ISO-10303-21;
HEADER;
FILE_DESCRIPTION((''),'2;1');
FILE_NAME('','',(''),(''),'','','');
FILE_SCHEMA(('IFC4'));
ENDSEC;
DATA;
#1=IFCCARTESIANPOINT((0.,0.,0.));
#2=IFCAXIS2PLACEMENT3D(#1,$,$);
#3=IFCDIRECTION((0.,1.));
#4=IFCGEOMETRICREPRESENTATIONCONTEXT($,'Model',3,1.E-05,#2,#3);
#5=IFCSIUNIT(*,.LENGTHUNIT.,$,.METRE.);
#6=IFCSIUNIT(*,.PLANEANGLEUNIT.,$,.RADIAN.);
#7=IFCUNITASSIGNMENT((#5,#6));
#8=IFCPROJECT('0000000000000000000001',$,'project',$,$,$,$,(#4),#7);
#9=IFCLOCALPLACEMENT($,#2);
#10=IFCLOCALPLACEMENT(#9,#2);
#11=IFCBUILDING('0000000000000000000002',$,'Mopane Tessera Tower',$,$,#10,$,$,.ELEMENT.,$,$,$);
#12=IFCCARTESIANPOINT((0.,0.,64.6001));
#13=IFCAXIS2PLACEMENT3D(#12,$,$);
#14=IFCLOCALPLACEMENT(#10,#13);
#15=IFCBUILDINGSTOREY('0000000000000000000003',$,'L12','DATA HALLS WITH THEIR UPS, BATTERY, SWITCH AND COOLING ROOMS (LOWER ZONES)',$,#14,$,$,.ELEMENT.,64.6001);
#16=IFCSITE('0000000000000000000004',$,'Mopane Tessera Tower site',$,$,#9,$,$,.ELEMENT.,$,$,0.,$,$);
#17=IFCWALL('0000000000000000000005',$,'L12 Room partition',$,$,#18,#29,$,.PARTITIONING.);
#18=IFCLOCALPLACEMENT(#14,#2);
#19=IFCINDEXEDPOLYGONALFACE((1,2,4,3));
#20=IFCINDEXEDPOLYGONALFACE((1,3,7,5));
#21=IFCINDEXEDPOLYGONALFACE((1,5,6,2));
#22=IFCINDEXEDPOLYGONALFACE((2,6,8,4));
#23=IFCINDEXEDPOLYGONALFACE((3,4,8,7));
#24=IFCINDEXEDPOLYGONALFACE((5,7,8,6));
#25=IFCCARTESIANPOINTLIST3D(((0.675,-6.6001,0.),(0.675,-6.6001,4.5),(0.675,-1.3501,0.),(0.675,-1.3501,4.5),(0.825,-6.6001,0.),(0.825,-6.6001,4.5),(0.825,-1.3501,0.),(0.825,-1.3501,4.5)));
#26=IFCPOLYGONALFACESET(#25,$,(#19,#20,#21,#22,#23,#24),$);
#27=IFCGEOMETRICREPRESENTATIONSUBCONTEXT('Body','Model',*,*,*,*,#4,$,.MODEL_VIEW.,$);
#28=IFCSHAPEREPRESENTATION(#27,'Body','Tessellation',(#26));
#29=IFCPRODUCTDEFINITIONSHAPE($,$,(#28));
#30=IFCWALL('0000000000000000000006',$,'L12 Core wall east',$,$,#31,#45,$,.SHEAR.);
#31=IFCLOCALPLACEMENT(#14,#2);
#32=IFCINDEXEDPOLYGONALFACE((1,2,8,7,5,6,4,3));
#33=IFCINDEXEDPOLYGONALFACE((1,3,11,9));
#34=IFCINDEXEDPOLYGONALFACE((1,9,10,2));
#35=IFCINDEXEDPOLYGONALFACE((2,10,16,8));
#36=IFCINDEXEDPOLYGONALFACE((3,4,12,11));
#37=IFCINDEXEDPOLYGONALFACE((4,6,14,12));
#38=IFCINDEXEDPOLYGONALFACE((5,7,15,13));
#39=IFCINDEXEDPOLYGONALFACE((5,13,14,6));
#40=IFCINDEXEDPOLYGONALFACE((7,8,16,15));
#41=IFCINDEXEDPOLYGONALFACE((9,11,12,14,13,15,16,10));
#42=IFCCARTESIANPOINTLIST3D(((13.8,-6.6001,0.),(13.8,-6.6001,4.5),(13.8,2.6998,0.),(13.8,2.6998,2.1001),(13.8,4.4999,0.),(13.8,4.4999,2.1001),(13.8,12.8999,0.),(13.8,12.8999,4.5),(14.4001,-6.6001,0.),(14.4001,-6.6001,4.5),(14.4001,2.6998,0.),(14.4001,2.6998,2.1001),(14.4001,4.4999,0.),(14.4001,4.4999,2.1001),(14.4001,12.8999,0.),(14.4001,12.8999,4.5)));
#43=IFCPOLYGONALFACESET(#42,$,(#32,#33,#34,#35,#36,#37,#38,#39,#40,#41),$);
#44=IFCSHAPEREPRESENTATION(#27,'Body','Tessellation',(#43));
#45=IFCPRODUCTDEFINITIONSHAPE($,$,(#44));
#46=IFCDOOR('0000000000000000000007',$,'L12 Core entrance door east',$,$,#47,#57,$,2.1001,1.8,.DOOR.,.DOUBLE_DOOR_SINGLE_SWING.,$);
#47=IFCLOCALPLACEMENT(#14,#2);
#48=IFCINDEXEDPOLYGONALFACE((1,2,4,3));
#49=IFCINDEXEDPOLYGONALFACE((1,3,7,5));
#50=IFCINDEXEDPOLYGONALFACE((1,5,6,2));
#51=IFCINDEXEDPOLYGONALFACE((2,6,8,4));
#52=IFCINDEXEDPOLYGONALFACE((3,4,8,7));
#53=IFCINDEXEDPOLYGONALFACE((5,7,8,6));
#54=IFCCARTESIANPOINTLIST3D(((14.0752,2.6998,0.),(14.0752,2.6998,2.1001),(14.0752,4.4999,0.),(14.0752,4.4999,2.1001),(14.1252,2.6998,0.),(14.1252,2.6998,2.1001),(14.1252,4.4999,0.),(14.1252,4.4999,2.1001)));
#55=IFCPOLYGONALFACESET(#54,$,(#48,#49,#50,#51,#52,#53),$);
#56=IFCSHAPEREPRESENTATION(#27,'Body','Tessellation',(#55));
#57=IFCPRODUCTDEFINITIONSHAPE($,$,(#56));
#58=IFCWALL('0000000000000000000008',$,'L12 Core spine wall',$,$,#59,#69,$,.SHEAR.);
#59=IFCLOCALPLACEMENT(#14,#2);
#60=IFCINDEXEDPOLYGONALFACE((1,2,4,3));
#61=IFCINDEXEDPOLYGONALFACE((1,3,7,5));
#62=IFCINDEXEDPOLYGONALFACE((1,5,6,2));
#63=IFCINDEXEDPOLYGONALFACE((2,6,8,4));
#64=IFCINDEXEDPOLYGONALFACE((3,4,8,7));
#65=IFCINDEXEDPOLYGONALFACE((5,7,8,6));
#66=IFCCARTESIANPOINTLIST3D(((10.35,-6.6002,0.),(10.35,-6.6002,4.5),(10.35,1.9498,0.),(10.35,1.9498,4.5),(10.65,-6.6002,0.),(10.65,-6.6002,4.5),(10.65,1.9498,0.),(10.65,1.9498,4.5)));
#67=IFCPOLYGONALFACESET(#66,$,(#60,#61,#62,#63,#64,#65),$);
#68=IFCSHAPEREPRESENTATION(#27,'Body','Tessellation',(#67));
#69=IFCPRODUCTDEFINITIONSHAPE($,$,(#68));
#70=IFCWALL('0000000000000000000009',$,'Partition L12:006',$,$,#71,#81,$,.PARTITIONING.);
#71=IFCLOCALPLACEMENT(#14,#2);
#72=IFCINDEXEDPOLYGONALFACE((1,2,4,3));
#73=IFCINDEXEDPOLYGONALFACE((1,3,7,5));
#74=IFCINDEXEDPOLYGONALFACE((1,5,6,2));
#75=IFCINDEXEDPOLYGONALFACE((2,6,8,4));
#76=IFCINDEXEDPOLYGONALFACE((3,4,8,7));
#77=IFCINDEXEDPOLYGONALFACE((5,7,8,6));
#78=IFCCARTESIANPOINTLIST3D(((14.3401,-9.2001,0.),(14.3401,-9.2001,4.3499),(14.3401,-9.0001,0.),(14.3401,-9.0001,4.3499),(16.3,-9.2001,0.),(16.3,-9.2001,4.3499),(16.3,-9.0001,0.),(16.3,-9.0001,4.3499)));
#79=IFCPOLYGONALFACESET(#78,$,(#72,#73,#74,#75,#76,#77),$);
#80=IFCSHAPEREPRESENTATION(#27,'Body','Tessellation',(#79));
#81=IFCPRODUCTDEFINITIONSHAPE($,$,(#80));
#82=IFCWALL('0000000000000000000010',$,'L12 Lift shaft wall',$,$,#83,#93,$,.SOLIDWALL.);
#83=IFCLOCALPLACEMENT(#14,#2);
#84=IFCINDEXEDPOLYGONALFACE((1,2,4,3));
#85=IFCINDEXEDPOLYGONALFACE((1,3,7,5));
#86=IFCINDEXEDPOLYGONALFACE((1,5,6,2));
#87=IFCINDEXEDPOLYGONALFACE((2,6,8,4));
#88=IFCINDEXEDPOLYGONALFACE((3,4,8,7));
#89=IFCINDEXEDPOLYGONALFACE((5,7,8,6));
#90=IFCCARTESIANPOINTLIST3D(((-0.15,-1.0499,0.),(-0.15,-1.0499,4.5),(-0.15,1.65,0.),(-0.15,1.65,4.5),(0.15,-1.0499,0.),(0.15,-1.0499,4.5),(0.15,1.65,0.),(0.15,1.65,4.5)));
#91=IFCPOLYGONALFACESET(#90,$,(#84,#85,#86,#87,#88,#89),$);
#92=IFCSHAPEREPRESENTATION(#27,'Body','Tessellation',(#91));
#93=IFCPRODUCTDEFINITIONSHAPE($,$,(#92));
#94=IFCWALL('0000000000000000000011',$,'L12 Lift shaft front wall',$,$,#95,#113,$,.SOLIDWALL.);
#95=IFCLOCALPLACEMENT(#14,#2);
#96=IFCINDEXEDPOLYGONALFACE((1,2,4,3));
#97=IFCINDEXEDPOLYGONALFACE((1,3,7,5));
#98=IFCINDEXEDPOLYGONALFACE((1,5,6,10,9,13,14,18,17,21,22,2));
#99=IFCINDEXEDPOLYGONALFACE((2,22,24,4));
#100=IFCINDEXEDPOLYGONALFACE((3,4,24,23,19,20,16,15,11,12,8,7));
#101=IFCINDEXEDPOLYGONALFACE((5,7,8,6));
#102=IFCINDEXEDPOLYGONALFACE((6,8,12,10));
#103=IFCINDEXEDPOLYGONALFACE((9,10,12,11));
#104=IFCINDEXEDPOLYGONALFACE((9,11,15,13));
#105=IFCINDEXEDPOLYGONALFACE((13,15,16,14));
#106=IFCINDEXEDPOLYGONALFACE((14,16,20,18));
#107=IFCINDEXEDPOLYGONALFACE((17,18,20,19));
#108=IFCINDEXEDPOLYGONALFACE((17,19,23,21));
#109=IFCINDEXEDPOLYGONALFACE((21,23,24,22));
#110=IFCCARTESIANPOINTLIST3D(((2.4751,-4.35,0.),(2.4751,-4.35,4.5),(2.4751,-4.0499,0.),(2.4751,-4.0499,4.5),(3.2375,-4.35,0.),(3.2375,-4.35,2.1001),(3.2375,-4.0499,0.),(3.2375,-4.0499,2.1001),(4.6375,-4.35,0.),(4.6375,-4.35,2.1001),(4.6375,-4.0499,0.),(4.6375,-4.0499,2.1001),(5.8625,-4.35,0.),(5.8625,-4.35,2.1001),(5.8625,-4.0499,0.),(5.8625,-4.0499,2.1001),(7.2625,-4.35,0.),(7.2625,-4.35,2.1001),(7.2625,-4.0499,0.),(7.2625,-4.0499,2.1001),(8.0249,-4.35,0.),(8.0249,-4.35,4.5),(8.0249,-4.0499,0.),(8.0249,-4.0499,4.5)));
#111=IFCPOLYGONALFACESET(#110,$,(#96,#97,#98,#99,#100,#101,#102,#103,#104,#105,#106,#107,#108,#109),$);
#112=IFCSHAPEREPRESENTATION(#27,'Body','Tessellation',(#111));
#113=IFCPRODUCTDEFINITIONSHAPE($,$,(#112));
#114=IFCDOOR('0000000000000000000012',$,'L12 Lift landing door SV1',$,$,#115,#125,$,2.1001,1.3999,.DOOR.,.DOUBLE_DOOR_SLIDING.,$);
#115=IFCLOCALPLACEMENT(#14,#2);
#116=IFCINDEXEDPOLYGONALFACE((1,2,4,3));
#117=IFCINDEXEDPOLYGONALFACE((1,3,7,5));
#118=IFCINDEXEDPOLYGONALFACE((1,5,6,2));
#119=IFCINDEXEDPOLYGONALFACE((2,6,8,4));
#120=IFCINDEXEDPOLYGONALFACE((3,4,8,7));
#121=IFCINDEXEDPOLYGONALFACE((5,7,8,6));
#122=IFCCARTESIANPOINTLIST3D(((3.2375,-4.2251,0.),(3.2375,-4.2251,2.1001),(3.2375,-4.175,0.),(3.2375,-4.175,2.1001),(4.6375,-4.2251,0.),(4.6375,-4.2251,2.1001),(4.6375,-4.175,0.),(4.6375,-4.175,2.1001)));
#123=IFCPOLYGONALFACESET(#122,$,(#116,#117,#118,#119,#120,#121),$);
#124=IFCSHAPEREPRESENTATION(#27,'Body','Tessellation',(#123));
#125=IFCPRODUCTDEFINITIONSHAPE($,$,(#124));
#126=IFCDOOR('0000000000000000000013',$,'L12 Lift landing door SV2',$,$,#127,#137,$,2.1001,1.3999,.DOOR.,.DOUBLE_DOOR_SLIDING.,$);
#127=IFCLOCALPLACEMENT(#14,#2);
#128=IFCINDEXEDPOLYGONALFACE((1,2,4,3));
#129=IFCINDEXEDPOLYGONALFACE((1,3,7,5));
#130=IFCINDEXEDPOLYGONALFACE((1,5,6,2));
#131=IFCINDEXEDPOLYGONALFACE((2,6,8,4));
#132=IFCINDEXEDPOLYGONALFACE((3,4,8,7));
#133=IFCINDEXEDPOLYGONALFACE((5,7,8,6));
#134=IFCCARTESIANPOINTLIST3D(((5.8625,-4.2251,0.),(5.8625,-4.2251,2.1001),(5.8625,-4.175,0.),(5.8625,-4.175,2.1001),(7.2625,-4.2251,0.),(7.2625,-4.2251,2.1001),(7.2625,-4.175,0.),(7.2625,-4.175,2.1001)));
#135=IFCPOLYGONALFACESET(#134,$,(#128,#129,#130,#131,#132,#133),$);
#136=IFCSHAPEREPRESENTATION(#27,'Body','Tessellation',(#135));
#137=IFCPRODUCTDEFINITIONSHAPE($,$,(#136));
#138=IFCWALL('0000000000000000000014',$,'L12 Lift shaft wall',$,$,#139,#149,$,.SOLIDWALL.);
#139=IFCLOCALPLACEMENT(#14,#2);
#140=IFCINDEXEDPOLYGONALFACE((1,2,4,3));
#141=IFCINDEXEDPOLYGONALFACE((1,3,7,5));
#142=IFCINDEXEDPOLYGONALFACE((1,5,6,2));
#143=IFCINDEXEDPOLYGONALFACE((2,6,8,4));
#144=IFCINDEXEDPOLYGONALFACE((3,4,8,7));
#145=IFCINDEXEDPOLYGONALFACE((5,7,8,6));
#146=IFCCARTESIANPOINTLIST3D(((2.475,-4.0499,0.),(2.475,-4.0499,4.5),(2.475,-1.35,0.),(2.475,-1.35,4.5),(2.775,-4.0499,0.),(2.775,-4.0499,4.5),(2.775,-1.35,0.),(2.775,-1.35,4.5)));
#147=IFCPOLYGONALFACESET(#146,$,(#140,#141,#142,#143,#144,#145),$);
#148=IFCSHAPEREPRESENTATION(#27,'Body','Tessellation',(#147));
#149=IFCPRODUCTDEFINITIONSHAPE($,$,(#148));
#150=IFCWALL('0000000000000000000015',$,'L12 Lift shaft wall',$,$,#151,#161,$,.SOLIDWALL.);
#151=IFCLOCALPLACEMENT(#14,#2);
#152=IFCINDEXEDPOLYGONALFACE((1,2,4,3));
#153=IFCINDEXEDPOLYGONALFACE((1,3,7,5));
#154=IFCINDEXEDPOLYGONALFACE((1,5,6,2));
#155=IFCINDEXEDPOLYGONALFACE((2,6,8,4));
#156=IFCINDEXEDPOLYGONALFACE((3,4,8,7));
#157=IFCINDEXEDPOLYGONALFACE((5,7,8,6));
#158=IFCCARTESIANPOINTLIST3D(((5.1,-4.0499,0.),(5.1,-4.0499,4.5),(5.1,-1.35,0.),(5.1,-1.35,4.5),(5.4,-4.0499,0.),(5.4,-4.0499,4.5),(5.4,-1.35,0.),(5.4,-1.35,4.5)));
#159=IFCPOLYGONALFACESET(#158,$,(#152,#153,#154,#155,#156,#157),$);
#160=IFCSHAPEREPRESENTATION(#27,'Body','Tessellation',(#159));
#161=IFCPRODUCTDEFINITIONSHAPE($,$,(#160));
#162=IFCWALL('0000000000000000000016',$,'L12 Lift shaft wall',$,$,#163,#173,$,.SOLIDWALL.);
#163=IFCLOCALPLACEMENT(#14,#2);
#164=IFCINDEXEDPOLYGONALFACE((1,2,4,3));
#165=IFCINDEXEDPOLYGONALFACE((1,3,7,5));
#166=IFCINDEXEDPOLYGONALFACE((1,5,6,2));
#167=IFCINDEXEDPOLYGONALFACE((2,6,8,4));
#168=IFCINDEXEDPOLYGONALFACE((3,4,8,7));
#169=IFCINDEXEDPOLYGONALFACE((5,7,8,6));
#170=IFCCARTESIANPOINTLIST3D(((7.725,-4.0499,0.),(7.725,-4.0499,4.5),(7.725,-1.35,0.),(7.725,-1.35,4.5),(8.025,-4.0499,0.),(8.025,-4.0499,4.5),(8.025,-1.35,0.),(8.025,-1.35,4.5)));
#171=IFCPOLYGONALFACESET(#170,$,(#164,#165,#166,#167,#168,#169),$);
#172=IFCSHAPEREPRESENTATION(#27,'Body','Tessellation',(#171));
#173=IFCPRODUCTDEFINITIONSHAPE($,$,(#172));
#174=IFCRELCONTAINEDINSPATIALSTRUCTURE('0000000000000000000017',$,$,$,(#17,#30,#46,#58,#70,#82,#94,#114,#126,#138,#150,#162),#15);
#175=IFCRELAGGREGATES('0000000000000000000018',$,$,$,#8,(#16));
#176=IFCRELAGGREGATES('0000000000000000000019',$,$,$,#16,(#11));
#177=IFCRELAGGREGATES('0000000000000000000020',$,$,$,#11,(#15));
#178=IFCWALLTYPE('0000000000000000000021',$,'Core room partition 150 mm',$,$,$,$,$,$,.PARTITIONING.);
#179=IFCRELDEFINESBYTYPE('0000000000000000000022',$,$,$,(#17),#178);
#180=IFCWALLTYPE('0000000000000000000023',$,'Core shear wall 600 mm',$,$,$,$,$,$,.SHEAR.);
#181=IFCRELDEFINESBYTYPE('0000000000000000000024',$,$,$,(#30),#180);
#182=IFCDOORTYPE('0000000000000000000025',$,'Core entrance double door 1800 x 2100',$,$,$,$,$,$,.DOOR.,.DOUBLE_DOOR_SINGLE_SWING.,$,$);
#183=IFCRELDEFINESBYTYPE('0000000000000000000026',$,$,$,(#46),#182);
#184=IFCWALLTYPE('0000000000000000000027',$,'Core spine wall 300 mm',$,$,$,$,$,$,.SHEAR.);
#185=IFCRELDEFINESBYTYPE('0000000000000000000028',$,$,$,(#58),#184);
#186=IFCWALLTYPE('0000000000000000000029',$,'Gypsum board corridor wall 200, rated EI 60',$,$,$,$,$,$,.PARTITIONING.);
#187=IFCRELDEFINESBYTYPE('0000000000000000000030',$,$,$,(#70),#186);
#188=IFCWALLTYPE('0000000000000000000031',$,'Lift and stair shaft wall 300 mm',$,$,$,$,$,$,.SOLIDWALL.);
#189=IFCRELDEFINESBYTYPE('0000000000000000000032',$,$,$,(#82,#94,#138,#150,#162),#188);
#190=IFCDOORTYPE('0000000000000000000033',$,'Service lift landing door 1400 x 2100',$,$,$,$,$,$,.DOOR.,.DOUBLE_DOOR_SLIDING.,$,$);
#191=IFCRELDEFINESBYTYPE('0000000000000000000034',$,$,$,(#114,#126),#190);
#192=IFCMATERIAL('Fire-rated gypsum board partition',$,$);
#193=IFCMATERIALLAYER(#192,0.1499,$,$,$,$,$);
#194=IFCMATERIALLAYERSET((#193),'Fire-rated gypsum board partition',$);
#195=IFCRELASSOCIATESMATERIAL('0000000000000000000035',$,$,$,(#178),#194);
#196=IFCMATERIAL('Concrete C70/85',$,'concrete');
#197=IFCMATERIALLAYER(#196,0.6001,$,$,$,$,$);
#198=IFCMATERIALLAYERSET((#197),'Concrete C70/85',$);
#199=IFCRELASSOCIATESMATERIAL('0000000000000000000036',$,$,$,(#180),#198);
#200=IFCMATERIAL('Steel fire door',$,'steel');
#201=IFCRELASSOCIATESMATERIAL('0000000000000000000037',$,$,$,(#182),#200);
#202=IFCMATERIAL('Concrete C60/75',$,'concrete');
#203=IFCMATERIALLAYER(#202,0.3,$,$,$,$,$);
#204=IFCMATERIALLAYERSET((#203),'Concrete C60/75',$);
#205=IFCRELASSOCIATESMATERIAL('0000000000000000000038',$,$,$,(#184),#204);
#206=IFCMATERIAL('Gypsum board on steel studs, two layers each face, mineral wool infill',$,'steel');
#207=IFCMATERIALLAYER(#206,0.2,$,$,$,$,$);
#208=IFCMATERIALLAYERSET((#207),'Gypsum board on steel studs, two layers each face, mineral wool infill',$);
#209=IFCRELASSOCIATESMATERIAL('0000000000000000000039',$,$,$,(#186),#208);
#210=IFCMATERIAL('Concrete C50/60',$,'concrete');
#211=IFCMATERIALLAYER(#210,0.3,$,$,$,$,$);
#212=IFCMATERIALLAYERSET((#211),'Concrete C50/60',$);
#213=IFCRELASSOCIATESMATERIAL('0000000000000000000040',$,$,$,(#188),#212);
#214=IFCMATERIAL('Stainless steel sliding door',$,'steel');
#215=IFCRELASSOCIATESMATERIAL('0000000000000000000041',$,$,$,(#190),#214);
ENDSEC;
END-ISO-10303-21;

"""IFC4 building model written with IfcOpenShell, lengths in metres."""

from ifc_helpers import new_model, si_unit, direction, frame, frame_2d, origin, place, context, subcontext, project, spatial, rectangle, extrude, material, layer, layer_set, type_object, element, fill, save


model = new_model("IFC4")

# Units and contexts
model_context = context("Model", 3, precision=1e-05, world=origin(), true_north=direction((0.0, 1.0)))
body_context = subcontext(model_context, "Body", "Model", "MODEL_VIEW")
ifc_project = project(units=[si_unit("LENGTHUNIT", "METRE"), si_unit("PLANEANGLEUNIT", "RADIAN")], contexts=[model_context])

# Site, building, storey
site_placement = place(None, origin())
site = spatial("IfcSite", under=ifc_project, at=site_placement, Name="Mopane Tessera Tower site", CompositionType="ELEMENT", RefElevation=0.0)
building_placement = place(site_placement, origin())
building = spatial("IfcBuilding", under=site, at=building_placement, Name="Mopane Tessera Tower", CompositionType="ELEMENT")
storey_placement = place(building_placement, frame((0.0, 0.0, 64.6001)))
storey = spatial("IfcBuildingStorey", under=building, at=storey_placement, Name="L12", Description="DATA HALLS WITH THEIR UPS, BATTERY, SWITCH AND COOLING ROOMS (LOWER ZONES)", CompositionType="ELEMENT", Elevation=64.6001)

# Wall
ifc_material_1 = material(Name="Fire-rated gypsum board partition")
ifc_layer_1 = layer(ifc_material_1, 0.1499)
ifc_layer_set_1 = layer_set([ifc_layer_1], Name="Fire-rated gypsum board partition")
wall_type_1 = type_object("IfcWallType", Name="Core room partition 150 mm", PredefinedType="PARTITIONING", material=ifc_layer_set_1)
wall_1_placement = place(storey_placement, frame((0.75, -6.6001, 0.0), z_axis=(0.0, 0.0, 1.0), x_axis=(0.0, 1.0, 0.0)))
element("IfcWall", 1, at=wall_1_placement, inside=storey, type_object=wall_type_1, Name="L12 Room partition", PredefinedType="PARTITIONING", context=body_context, shape_type="SweptSolid", body=[
    extrude(rectangle(XDim=5.25, YDim=0.1499, at=frame_2d((2.625, 0.0))), origin(), (0.0, 0.0, 1.0), 4.5),
])

# Wall, opening, door
ifc_material_2 = material(Name="Concrete C70/85", Category="concrete")
ifc_layer_2 = layer(ifc_material_2, 0.6001)
ifc_layer_set_2 = layer_set([ifc_layer_2], Name="Concrete C70/85")
wall_type_2 = type_object("IfcWallType", Name="Core shear wall 600 mm", PredefinedType="SHEAR", material=ifc_layer_set_2)
wall_2_placement = place(storey_placement, frame((14.1001, -6.6001, 0.0), z_axis=(0.0, 0.0, 1.0), x_axis=(0.0, 1.0, 0.0)))
wall_2 = element("IfcWall", 2, at=wall_2_placement, inside=storey, type_object=wall_type_2, Name="L12 Core wall east", PredefinedType="SHEAR", context=body_context, shape_type="SweptSolid", body=[
    extrude(rectangle(XDim=19.5, YDim=0.6001, at=frame_2d((9.75, 0.0))), origin(), (0.0, 0.0, 1.0), 4.5),
])
opening_1_placement = place(wall_2_placement, frame((9.3, 0.0, 0.0)))
opening_1 = element("IfcOpeningElement", 3, at=opening_1_placement, cuts=wall_2, PredefinedType="OPENING", context=body_context, shape_type="SweptSolid", body=[
    extrude(rectangle(XDim=1.8, YDim=2.1001, at=frame_2d((0.8999, 1.05))), frame((0.0, 0.312, 0.0), z_axis=(0.0, -1.0, 0.0), x_axis=(1.0, 0.0, 0.0)), (0.0, 0.0, 1.0), 0.624),
])
ifc_material_3 = material(Name="Steel fire door", Category="steel")
door_type_1 = type_object("IfcDoorType", Name="Core entrance double door 1800 x 2100", OperationType="DOUBLE_DOOR_SINGLE_SWING", PredefinedType="DOOR", material=ifc_material_3)
door_1_placement = place(opening_1_placement, origin())
door_1 = element("IfcDoor", 4, at=door_1_placement, inside=storey, type_object=door_type_1, Name="L12 Core entrance door east", OperationType="DOUBLE_DOOR_SINGLE_SWING", OverallHeight=2.1001, OverallWidth=1.8, PredefinedType="DOOR", context=body_context, shape_type="SweptSolid", body=[
    extrude(rectangle(XDim=1.8, YDim=2.1001, at=frame_2d((0.8999, 1.05))), frame((0.0, 0.0249, 0.0), z_axis=(0.0, -1.0, 0.0), x_axis=(1.0, 0.0, 0.0)), (0.0, 0.0, 1.0), 0.05),
])
fill(opening_1, door_1)

# Walls
ifc_material_4 = material(Name="Concrete C60/75", Category="concrete")
ifc_layer_3 = layer(ifc_material_4, 0.3)
ifc_layer_set_3 = layer_set([ifc_layer_3], Name="Concrete C60/75")
wall_type_3 = type_object("IfcWallType", Name="Core spine wall 300 mm", PredefinedType="SHEAR", material=ifc_layer_set_3)
wall_3_placement = place(storey_placement, frame((10.5, -6.6001, 0.0), z_axis=(0.0, 0.0, 1.0), x_axis=(0.0, 1.0, 0.0)))
element("IfcWall", 5, at=wall_3_placement, inside=storey, type_object=wall_type_3, Name="L12 Core spine wall", PredefinedType="SHEAR", context=body_context, shape_type="SweptSolid", body=[
    extrude(rectangle(XDim=8.55, YDim=0.3, at=frame_2d((4.2749, 0.0))), origin(), (0.0, 0.0, 1.0), 4.5),
])
ifc_material_5 = material(Name="Gypsum board on steel studs, two layers each face, mineral wool infill", Category="steel")
ifc_layer_4 = layer(ifc_material_5, 0.2)
ifc_layer_set_4 = layer_set([ifc_layer_4], Name="Gypsum board on steel studs, two layers each face, mineral wool infill")
wall_type_4 = type_object("IfcWallType", Name="Gypsum board corridor wall 200, rated EI 60", PredefinedType="PARTITIONING", material=ifc_layer_set_4)
wall_4_placement = place(storey_placement, frame((14.3401, -9.1001, 0.0), z_axis=(0.0, 0.0, 1.0), x_axis=(1.0, 0.0, 0.0)))
element("IfcWall", 6, at=wall_4_placement, inside=storey, type_object=wall_type_4, Name="Partition L12:006", PredefinedType="PARTITIONING", context=body_context, shape_type="SweptSolid", body=[
    extrude(rectangle(XDim=1.96, YDim=0.2, at=frame_2d((0.98, 0.0))), origin(), (0.0, 0.0, 1.0), 4.3499),
])
ifc_material_6 = material(Name="Concrete C50/60", Category="concrete")
ifc_layer_5 = layer(ifc_material_6, 0.3)
ifc_layer_set_5 = layer_set([ifc_layer_5], Name="Concrete C50/60")
wall_type_5 = type_object("IfcWallType", Name="Lift and stair shaft wall 300 mm", PredefinedType="SOLIDWALL", material=ifc_layer_set_5)
wall_5_placement = place(storey_placement, frame((0.0, -1.05, 0.0), z_axis=(0.0, 0.0, 1.0), x_axis=(0.0, 1.0, 0.0)))
element("IfcWall", 7, at=wall_5_placement, inside=storey, type_object=wall_type_5, Name="L12 Lift shaft wall", PredefinedType="SOLIDWALL", context=body_context, shape_type="SweptSolid", body=[
    extrude(rectangle(XDim=2.7, YDim=0.3, at=frame_2d((1.3501, 0.0))), origin(), (0.0, 0.0, 1.0), 4.5),
])

# Wall, openings, doors
wall_6_placement = place(storey_placement, frame((2.4751, -4.2, 0.0), z_axis=(0.0, 0.0, 1.0), x_axis=(1.0, 0.0, 0.0)))
wall_6 = element("IfcWall", 8, at=wall_6_placement, inside=storey, type_object=wall_type_5, Name="L12 Lift shaft front wall", PredefinedType="SOLIDWALL", context=body_context, shape_type="SweptSolid", body=[
    extrude(rectangle(XDim=5.5498, YDim=0.3, at=frame_2d((2.7749, 0.0))), origin(), (0.0, 0.0, 1.0), 4.5),
])
opening_2_placement = place(wall_6_placement, frame((0.7625, 0.0, 0.0)))
opening_2 = element("IfcOpeningElement", 9, at=opening_2_placement, cuts=wall_6, PredefinedType="OPENING", context=body_context, shape_type="SweptSolid", body=[
    extrude(rectangle(XDim=1.3999, YDim=2.1001, at=frame_2d((0.7, 1.05))), frame((0.0, 0.1621, 0.0), z_axis=(0.0, -1.0, 0.0), x_axis=(1.0, 0.0, 0.0)), (0.0, 0.0, 1.0), 0.324),
])
opening_3_placement = place(wall_6_placement, frame((3.3875, 0.0, 0.0)))
opening_3 = element("IfcOpeningElement", 10, at=opening_3_placement, cuts=wall_6, PredefinedType="OPENING", context=body_context, shape_type="SweptSolid", body=[
    extrude(rectangle(XDim=1.3999, YDim=2.1001, at=frame_2d((0.7, 1.05))), frame((0.0, 0.1621, 0.0), z_axis=(0.0, -1.0, 0.0), x_axis=(1.0, 0.0, 0.0)), (0.0, 0.0, 1.0), 0.324),
])
ifc_material_7 = material(Name="Stainless steel sliding door", Category="steel")
door_type_2 = type_object("IfcDoorType", Name="Service lift landing door 1400 x 2100", OperationType="DOUBLE_DOOR_SLIDING", PredefinedType="DOOR", material=ifc_material_7)
door_2_placement = place(opening_2_placement, origin())
door_2 = element("IfcDoor", 11, at=door_2_placement, inside=storey, type_object=door_type_2, Name="L12 Lift landing door SV1", OperationType="DOUBLE_DOOR_SLIDING", OverallHeight=2.1001, OverallWidth=1.3999, PredefinedType="DOOR", context=body_context, shape_type="SweptSolid", body=[
    extrude(rectangle(XDim=1.3999, YDim=2.1001, at=frame_2d((0.7, 1.05))), frame((0.0, 0.0249, 0.0), z_axis=(0.0, -1.0, 0.0), x_axis=(1.0, 0.0, 0.0)), (0.0, 0.0, 1.0), 0.05),
])
fill(opening_2, door_2)
door_3_placement = place(opening_3_placement, origin())
door_3 = element("IfcDoor", 12, at=door_3_placement, inside=storey, type_object=door_type_2, Name="L12 Lift landing door SV2", OperationType="DOUBLE_DOOR_SLIDING", OverallHeight=2.1001, OverallWidth=1.3999, PredefinedType="DOOR", context=body_context, shape_type="SweptSolid", body=[
    extrude(rectangle(XDim=1.3999, YDim=2.1001, at=frame_2d((0.7, 1.05))), frame((0.0, 0.0249, 0.0), z_axis=(0.0, -1.0, 0.0), x_axis=(1.0, 0.0, 0.0)), (0.0, 0.0, 1.0), 0.05),
])
fill(opening_3, door_3)

# Walls
for number, where, z_axis, x_axis, name in (
    (13, (2.625, -4.05, 0.0), (0.0, 0.0, 1.0), (0.0, 1.0, 0.0), "L12 Lift shaft wall"),
    (14, (5.25, -4.05, 0.0), (0.0, 0.0, 1.0), (0.0, 1.0, 0.0), "L12 Lift shaft wall"),
    (15, (7.875, -4.05, 0.0), (0.0, 0.0, 1.0), (0.0, 1.0, 0.0), "L12 Lift shaft wall"),
):
    element("IfcWall", number, at=place(storey_placement, frame(where, z_axis=z_axis, x_axis=x_axis)), inside=storey, type_object=wall_type_5, Name=name, PredefinedType="SOLIDWALL", context=body_context, shape_type="SweptSolid", body=[
        extrude(rectangle(XDim=2.7, YDim=0.3, at=frame_2d((1.3501, 0.0))), origin(), (0.0, 0.0, 1.0), 4.5),
    ])

save(model, "model.ifc")
